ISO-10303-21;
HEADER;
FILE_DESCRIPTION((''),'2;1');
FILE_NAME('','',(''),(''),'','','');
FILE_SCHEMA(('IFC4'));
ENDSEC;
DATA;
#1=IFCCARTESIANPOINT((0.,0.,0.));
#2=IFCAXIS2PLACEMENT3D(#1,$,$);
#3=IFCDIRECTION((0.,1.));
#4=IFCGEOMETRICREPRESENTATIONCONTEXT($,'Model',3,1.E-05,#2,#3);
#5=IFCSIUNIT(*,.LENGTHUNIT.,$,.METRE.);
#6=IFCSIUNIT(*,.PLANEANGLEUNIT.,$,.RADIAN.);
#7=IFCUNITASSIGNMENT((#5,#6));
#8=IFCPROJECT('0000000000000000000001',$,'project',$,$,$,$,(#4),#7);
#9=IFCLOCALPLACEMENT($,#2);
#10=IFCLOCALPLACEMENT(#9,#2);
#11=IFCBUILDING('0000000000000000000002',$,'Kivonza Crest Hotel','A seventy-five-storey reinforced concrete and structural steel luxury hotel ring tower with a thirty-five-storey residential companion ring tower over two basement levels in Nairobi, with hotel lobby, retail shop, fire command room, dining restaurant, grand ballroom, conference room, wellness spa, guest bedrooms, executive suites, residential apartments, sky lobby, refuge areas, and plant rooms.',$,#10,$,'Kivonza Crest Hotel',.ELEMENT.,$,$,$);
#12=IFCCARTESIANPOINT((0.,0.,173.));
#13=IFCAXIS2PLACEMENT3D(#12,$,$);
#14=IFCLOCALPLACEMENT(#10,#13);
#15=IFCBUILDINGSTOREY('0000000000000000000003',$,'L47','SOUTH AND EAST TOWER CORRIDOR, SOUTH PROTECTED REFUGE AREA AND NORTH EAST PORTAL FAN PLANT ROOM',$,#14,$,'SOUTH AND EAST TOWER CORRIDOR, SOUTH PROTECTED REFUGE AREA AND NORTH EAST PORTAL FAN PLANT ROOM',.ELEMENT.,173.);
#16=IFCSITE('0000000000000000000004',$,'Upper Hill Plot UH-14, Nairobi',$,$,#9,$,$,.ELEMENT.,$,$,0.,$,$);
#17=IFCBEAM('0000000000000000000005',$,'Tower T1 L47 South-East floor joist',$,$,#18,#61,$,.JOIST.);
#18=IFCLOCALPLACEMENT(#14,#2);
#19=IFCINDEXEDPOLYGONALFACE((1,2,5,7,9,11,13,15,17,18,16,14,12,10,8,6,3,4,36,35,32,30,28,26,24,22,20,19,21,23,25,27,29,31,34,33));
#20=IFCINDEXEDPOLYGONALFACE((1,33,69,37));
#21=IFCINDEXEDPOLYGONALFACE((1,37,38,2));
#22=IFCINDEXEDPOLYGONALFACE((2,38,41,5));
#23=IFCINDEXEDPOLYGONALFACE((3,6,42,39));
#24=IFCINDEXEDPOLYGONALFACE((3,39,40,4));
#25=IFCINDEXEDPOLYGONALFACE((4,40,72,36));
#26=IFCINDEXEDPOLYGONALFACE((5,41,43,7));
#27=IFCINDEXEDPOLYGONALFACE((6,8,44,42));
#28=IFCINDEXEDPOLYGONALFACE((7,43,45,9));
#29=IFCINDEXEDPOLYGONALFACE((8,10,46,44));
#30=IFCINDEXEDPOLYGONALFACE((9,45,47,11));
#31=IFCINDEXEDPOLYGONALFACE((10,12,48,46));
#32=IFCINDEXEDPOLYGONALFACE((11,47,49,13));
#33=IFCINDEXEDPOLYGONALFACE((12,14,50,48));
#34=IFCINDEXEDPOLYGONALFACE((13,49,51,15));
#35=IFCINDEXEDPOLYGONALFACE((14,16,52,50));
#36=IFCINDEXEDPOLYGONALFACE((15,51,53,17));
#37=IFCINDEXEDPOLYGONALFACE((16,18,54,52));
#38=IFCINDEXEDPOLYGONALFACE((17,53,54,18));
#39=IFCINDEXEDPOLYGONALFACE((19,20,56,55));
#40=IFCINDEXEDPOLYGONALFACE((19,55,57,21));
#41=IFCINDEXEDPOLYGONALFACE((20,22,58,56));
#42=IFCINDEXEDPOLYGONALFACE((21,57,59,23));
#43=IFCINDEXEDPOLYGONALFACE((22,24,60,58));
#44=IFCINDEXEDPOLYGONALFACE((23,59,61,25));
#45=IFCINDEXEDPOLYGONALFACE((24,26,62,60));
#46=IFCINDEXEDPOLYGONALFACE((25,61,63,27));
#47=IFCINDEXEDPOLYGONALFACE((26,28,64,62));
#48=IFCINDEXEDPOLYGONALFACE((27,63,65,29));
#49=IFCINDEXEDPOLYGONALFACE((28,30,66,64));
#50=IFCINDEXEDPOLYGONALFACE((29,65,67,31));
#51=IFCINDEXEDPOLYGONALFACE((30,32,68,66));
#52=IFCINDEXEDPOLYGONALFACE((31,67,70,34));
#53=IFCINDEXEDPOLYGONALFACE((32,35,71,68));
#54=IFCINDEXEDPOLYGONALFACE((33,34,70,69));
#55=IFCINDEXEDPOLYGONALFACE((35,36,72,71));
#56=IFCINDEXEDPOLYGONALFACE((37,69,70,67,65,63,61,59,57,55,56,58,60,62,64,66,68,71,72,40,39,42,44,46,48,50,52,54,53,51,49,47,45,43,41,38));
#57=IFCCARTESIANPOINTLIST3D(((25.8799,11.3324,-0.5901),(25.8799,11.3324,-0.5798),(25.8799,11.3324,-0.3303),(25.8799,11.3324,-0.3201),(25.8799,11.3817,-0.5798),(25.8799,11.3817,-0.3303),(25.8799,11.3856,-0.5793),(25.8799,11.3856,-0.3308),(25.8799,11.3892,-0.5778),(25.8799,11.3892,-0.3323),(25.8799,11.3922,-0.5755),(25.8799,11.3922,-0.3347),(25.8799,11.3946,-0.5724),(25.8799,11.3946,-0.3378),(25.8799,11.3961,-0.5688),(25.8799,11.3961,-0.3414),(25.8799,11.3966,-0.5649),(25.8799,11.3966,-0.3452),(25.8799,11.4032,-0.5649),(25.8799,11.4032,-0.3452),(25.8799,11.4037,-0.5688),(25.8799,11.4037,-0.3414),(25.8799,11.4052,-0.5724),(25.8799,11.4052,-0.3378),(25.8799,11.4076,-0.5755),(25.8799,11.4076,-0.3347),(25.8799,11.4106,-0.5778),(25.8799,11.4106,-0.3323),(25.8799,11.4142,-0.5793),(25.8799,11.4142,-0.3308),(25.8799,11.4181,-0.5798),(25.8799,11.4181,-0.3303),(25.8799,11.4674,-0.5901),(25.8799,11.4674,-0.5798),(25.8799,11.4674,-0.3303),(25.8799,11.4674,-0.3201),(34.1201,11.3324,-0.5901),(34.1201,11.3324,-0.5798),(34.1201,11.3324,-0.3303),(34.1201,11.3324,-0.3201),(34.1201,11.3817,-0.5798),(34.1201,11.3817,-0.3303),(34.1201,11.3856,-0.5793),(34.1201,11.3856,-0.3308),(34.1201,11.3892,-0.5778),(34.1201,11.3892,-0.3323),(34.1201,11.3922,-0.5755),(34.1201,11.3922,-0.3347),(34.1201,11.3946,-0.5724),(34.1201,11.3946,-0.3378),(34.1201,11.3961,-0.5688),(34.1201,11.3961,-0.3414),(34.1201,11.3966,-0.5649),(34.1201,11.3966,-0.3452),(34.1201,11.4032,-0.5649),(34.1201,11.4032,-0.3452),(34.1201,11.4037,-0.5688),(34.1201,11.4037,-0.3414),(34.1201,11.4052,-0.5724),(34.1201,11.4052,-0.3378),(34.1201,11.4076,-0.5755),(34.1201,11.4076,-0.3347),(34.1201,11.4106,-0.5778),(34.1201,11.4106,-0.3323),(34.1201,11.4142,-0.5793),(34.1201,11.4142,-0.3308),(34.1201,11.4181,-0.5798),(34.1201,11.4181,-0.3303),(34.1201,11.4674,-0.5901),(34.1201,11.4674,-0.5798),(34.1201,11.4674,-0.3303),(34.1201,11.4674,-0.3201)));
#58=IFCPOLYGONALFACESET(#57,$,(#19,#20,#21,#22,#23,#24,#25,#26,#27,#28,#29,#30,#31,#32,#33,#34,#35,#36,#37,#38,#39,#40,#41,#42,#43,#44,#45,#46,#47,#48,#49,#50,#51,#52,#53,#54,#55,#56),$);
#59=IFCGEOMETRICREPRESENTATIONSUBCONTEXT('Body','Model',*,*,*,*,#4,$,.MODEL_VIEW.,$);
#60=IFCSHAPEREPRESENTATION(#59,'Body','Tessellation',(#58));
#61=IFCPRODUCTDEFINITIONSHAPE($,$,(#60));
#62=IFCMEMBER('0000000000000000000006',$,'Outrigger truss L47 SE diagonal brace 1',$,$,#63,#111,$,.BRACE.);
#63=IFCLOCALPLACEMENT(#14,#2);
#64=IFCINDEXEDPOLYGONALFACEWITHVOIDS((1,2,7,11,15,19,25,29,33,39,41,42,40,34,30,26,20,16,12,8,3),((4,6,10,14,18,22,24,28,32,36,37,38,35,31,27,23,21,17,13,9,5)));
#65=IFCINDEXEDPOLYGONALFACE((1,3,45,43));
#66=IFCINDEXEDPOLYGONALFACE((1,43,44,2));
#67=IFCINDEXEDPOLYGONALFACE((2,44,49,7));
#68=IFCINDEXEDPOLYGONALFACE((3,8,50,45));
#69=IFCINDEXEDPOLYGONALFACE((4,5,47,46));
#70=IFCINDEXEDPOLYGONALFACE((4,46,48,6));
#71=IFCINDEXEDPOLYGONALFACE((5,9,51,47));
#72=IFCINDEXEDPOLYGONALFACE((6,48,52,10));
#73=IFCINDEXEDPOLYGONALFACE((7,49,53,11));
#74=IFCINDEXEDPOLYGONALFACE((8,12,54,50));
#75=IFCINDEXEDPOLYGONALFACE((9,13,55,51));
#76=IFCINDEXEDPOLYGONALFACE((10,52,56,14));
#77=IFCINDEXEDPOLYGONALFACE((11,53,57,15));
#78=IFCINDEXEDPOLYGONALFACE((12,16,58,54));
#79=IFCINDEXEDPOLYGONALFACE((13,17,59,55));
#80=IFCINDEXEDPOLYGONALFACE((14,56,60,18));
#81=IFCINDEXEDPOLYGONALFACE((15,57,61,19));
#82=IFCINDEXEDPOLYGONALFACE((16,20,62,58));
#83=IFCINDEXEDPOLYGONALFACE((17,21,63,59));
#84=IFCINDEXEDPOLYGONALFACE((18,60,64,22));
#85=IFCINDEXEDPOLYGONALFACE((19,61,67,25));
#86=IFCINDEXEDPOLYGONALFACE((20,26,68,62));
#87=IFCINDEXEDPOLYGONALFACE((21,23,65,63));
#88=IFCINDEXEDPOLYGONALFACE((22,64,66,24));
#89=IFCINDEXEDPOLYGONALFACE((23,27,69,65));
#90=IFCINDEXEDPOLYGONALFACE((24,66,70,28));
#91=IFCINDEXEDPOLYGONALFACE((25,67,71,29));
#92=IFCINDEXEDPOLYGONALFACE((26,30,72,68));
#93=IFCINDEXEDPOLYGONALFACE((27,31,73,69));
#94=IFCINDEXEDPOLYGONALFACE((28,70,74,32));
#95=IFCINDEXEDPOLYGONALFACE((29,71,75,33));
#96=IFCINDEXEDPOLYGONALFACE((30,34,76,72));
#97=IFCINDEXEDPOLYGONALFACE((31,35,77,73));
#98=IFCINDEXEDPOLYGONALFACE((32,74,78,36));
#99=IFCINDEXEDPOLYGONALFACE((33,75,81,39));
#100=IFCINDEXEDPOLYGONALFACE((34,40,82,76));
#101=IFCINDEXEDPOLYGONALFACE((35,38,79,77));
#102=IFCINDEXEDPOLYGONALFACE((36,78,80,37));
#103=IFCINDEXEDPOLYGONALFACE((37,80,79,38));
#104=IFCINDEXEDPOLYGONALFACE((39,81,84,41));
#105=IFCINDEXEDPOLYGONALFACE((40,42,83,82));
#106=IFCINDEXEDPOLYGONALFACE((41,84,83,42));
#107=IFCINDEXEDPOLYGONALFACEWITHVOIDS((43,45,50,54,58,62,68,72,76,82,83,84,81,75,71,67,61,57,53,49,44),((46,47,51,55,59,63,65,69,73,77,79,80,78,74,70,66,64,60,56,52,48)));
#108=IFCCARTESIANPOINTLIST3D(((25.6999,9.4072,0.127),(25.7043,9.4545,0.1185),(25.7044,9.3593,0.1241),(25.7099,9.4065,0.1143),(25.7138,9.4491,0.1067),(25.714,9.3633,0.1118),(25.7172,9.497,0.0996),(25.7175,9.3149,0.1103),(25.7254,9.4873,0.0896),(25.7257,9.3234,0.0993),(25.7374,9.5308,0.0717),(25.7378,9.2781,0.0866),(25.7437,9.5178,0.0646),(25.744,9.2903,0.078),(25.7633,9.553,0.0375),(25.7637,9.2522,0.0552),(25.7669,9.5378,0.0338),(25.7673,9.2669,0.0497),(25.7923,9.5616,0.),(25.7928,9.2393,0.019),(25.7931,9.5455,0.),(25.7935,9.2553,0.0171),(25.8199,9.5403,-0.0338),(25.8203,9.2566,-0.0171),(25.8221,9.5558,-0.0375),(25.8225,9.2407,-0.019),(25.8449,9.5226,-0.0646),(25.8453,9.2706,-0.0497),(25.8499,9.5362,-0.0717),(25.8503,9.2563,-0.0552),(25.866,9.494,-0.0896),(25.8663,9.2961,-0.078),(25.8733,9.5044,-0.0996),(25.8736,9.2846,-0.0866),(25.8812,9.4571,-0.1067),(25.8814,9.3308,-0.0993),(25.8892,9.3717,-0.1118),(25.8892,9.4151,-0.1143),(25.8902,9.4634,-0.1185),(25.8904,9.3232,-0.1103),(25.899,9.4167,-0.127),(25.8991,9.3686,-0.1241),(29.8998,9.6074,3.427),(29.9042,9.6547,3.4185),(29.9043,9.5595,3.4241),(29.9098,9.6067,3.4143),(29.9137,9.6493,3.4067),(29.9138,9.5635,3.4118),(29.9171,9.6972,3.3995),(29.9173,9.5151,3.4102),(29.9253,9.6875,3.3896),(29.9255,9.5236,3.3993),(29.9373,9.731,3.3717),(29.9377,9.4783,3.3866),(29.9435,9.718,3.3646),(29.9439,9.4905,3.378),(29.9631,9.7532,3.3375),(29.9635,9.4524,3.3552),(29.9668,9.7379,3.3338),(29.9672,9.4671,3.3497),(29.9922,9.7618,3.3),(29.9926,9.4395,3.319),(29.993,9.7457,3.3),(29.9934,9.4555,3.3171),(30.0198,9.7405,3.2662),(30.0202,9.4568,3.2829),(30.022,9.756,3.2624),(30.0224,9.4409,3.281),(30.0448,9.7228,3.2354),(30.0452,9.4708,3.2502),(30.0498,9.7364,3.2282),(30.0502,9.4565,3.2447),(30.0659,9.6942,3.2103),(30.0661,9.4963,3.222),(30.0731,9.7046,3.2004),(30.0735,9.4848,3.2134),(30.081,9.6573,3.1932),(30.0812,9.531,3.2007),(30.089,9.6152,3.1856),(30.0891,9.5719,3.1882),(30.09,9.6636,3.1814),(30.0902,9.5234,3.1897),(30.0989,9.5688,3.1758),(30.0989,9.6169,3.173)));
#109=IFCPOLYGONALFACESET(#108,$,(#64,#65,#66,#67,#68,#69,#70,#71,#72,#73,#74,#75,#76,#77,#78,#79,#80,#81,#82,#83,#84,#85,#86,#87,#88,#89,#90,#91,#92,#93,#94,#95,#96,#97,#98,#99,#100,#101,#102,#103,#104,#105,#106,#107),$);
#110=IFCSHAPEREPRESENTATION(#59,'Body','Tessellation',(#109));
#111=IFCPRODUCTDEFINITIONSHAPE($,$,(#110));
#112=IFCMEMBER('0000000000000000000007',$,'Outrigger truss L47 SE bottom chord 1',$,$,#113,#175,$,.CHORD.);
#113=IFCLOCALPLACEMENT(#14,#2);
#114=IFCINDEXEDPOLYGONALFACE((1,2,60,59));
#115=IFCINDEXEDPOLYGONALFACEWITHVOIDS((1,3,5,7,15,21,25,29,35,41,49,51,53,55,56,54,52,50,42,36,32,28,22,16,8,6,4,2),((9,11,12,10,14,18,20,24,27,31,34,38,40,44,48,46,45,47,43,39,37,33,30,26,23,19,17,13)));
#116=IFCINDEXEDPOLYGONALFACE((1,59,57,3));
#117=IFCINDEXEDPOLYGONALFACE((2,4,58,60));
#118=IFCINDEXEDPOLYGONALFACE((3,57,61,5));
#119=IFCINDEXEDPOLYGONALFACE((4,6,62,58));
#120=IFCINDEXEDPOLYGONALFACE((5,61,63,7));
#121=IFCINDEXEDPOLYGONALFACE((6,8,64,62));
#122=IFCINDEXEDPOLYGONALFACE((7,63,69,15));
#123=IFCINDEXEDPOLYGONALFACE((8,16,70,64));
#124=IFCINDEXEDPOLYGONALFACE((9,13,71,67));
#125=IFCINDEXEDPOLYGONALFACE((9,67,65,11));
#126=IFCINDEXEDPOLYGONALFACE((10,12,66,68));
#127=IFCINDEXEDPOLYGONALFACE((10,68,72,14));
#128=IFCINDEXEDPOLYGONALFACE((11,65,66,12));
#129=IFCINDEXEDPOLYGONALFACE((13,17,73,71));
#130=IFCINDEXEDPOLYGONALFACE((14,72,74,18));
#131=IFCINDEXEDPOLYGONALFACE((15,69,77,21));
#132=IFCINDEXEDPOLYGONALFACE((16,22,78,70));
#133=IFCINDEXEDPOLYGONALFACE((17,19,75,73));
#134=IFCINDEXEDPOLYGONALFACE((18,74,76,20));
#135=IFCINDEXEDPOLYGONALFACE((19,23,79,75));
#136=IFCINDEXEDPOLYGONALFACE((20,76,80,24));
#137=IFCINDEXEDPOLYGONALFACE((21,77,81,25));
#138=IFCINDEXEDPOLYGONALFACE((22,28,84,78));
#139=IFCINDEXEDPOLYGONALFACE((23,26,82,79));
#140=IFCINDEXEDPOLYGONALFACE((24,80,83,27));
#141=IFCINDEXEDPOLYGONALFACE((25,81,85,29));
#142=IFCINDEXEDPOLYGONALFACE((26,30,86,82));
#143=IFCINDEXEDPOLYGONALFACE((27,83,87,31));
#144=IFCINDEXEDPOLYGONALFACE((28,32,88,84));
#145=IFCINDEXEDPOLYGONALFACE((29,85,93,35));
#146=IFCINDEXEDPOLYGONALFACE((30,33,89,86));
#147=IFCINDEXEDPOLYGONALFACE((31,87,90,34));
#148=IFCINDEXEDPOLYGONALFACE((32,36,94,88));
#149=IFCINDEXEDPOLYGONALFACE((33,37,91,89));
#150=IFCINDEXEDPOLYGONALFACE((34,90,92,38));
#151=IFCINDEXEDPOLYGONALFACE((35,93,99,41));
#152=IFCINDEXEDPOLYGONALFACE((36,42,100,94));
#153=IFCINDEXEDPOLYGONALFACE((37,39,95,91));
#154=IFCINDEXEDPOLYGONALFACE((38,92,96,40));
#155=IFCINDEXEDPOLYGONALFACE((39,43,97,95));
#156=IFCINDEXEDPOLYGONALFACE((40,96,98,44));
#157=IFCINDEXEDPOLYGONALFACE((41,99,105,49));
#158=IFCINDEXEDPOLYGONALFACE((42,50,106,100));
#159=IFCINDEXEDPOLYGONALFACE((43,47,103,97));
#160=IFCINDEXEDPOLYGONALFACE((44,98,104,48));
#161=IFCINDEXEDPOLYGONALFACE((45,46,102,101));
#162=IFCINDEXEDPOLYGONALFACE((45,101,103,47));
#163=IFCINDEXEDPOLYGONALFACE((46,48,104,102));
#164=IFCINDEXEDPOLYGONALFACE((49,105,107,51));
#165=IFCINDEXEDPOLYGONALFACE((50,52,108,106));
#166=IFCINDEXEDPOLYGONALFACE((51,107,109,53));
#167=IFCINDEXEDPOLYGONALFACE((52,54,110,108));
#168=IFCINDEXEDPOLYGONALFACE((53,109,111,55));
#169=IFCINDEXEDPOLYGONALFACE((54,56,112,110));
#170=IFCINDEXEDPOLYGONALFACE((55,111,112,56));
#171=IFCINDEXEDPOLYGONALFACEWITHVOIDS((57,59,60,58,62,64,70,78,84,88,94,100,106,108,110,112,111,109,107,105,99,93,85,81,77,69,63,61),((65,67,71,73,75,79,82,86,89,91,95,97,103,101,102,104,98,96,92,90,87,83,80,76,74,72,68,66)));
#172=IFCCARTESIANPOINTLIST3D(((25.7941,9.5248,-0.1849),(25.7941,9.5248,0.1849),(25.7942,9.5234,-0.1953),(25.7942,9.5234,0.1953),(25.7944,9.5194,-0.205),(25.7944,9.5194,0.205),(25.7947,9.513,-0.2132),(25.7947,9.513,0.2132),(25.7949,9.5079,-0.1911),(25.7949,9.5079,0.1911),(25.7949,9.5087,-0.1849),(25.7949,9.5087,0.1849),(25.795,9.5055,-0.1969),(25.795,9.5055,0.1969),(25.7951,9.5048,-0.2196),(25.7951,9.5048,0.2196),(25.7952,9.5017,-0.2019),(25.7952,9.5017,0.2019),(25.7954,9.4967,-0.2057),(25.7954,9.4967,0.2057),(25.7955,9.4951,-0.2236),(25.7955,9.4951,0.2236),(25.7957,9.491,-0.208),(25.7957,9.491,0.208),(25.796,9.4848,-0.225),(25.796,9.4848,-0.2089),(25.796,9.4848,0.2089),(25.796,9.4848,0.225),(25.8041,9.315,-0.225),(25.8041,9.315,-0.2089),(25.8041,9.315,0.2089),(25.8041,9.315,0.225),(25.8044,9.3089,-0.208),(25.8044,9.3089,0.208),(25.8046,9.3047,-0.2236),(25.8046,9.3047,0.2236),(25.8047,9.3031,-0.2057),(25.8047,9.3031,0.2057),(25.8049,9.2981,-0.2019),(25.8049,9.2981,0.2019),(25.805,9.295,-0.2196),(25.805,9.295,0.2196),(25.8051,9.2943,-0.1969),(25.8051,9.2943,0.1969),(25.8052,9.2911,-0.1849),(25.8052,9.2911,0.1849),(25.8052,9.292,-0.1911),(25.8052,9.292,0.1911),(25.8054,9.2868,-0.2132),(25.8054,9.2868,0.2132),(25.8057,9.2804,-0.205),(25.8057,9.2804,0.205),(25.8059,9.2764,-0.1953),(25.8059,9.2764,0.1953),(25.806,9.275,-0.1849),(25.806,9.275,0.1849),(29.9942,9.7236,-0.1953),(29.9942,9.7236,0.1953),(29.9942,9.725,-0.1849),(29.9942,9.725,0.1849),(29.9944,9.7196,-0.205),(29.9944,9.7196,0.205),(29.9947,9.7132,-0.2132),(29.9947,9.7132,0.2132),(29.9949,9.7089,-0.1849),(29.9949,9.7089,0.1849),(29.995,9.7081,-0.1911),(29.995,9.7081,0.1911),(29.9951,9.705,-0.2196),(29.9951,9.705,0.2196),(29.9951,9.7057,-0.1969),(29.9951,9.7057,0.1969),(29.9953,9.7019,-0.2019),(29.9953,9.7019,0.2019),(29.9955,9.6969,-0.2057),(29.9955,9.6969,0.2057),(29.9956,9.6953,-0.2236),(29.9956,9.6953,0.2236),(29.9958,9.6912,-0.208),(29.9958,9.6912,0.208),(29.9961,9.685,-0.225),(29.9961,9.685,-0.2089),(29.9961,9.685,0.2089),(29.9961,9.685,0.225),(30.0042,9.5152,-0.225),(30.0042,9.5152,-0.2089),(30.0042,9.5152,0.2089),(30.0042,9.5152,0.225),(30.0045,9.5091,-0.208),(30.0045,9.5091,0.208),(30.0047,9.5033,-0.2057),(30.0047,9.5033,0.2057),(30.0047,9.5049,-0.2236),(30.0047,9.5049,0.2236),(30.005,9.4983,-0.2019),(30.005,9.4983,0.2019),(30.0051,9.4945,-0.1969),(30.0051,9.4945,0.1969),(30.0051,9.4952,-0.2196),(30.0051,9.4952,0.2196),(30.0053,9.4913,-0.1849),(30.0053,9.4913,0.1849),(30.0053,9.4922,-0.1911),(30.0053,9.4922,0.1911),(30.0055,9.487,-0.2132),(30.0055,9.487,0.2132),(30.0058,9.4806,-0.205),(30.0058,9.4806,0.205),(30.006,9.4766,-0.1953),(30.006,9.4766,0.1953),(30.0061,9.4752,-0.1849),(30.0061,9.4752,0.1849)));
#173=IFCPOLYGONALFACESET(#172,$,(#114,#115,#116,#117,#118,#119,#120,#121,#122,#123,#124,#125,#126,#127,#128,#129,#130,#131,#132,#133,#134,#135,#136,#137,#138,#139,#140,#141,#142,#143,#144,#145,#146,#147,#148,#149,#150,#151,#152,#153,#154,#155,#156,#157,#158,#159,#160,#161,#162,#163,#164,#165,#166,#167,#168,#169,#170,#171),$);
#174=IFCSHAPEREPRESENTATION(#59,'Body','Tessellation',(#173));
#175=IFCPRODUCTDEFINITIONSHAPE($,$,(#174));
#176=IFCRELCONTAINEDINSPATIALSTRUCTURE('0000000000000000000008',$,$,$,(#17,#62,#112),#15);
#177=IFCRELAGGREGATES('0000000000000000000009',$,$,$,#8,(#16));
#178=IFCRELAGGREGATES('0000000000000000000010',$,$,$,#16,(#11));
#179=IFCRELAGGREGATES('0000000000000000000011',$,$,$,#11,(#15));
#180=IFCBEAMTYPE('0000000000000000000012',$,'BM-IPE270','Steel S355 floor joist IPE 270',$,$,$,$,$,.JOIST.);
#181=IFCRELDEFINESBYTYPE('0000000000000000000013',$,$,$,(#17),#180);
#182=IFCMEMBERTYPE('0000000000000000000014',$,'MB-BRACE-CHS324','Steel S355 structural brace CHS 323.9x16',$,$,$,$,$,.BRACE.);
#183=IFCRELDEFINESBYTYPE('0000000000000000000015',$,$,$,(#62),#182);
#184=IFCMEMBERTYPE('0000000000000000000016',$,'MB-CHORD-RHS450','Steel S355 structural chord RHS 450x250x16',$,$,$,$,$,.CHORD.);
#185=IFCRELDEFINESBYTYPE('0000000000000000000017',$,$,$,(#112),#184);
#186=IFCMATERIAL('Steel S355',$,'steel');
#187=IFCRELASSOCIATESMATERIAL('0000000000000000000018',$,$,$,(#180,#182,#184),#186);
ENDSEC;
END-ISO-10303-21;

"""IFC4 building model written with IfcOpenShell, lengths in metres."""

from ifc_helpers import new_model, si_unit, direction, frame, origin, origin_2d, place, context, subcontext, project, spatial, hollow_rectangle, hollow_circle, i_section, extrude, material, material_profile, profile_set, type_object, element, save


model = new_model("IFC4")

# Units and contexts
model_context = context("Model", 3, precision=1e-05, world=origin(), true_north=direction((0.0, 1.0)))
body_context = subcontext(model_context, "Body", "Model", "MODEL_VIEW")
ifc_project = project(units=[si_unit("LENGTHUNIT", "METRE"), si_unit("PLANEANGLEUNIT", "RADIAN")], contexts=[model_context])

# Site, building, storey
site_placement = place(None, origin())
site = spatial("IfcSite", under=ifc_project, at=site_placement, Name="Upper Hill Plot UH-14, Nairobi", CompositionType="ELEMENT", RefElevation=0.0)
building_placement = place(site_placement, origin())
building = spatial("IfcBuilding", under=site, at=building_placement, Name="Kivonza Crest Hotel", Description="A seventy-five-storey reinforced concrete and structural steel luxury hotel ring tower with a thirty-five-storey residential companion ring tower over two basement levels in Nairobi, with hotel lobby, retail shop, fire command room, dining restaurant, grand ballroom, conference room, wellness spa, guest bedrooms, executive suites, residential apartments, sky lobby, refuge areas, and plant rooms.", LongName="Kivonza Crest Hotel", CompositionType="ELEMENT")
storey_placement = place(building_placement, frame((0.0, 0.0, 173.0)))
storey = spatial("IfcBuildingStorey", under=building, at=storey_placement, Name="L47", Description="SOUTH AND EAST TOWER CORRIDOR, SOUTH PROTECTED REFUGE AREA AND NORTH EAST PORTAL FAN PLANT ROOM", LongName="SOUTH AND EAST TOWER CORRIDOR, SOUTH PROTECTED REFUGE AREA AND NORTH EAST PORTAL FAN PLANT ROOM", CompositionType="ELEMENT", Elevation=173.0)

# Beam
ifc_material_1 = material(Name="Steel S355", Category="steel")
ifc_material_profile_1 = material_profile(ifc_material_1, i_section(OverallWidth=0.135, OverallDepth=0.27, WebThickness=0.0066, FlangeThickness=0.0103, FilletRadius=0.0149, at=origin_2d()), Name="IPE 270")
ifc_profile_set_1 = profile_set([ifc_material_profile_1], Name="Steel S355")
beam_type_1 = type_object("IfcBeamType", Name="BM-IPE270", Description="Steel S355 floor joist IPE 270", PredefinedType="JOIST", material=ifc_profile_set_1)
beam_1_placement = place(storey_placement, frame((25.8799, 11.3999, -0.4551), z_axis=(1.0, 0.0, 0.0), x_axis=(0.0, 1.0, 0.0)))
element("IfcBeam", 1, at=beam_1_placement, inside=storey, type_object=beam_type_1, Name="Tower T1 L47 South-East floor joist", PredefinedType="JOIST", context=body_context, shape_type="SweptSolid", body=[
    extrude(i_section(OverallWidth=0.135, OverallDepth=0.27, WebThickness=0.0066, FlangeThickness=0.0103, FilletRadius=0.0149, at=origin_2d()), origin(), (0.0, 0.0, 1.0), 8.2402),
])

# Members
ifc_material_profile_2 = material_profile(ifc_material_1, hollow_circle(Radius=0.1619, WallThickness=0.0161, at=origin_2d()), Name="CHS 323.9x16")
ifc_profile_set_2 = profile_set([ifc_material_profile_2], Name="Steel S355")
member_type_1 = type_object("IfcMemberType", Name="MB-BRACE-CHS324", Description="Steel S355 structural brace CHS 323.9x16", PredefinedType="BRACE", material=ifc_profile_set_2)
member_1_placement = place(storey_placement, frame((25.8, 9.3999, 0.0), z_axis=(0.785759, 0.037454, 0.617398), x_axis=(-0.047612, 0.998866, 0.0)))
element("IfcMember", 2, at=member_1_placement, inside=storey, type_object=member_type_1, Name="Outrigger truss L47 SE diagonal brace 1", PredefinedType="BRACE", context=body_context, shape_type="SweptSolid", body=[
    extrude(hollow_circle(Radius=0.1619, WallThickness=0.0161, at=origin_2d()), origin(), (0.0, 0.0, 1.0), 5.345),
])
ifc_material_profile_3 = material_profile(ifc_material_1, hollow_rectangle(XDim=0.25, YDim=0.45, WallThickness=0.0161, InnerFilletRadius=0.0239, OuterFilletRadius=0.04, at=origin_2d()), Name="RHS 450x250x16")
ifc_profile_set_3 = profile_set([ifc_material_profile_3], Name="Steel S355")
member_type_2 = type_object("IfcMemberType", Name="MB-CHORD-RHS450", Description="Steel S355 structural chord RHS 450x250x16", PredefinedType="CHORD", material=ifc_profile_set_3)
for number, where, z_axis, x_axis, name in (
    (3, (25.8, 9.3999, 0.0), (0.998866, 0.047612, 0.0), (-0.047612, 0.998866, 0.0), "Outrigger truss L47 SE bottom chord 1"),
):
    element("IfcMember", number, at=place(storey_placement, frame(where, z_axis=z_axis, x_axis=x_axis)), inside=storey, type_object=member_type_2, Name=name, PredefinedType="CHORD", context=body_context, shape_type="SweptSolid", body=[
        extrude(hollow_rectangle(XDim=0.25, YDim=0.45, WallThickness=0.0161, InnerFilletRadius=0.0239, OuterFilletRadius=0.04, at=origin_2d()), origin(), (0.0, 0.0, 1.0), 4.2048),
    ])

save(model, "model.ifc")
